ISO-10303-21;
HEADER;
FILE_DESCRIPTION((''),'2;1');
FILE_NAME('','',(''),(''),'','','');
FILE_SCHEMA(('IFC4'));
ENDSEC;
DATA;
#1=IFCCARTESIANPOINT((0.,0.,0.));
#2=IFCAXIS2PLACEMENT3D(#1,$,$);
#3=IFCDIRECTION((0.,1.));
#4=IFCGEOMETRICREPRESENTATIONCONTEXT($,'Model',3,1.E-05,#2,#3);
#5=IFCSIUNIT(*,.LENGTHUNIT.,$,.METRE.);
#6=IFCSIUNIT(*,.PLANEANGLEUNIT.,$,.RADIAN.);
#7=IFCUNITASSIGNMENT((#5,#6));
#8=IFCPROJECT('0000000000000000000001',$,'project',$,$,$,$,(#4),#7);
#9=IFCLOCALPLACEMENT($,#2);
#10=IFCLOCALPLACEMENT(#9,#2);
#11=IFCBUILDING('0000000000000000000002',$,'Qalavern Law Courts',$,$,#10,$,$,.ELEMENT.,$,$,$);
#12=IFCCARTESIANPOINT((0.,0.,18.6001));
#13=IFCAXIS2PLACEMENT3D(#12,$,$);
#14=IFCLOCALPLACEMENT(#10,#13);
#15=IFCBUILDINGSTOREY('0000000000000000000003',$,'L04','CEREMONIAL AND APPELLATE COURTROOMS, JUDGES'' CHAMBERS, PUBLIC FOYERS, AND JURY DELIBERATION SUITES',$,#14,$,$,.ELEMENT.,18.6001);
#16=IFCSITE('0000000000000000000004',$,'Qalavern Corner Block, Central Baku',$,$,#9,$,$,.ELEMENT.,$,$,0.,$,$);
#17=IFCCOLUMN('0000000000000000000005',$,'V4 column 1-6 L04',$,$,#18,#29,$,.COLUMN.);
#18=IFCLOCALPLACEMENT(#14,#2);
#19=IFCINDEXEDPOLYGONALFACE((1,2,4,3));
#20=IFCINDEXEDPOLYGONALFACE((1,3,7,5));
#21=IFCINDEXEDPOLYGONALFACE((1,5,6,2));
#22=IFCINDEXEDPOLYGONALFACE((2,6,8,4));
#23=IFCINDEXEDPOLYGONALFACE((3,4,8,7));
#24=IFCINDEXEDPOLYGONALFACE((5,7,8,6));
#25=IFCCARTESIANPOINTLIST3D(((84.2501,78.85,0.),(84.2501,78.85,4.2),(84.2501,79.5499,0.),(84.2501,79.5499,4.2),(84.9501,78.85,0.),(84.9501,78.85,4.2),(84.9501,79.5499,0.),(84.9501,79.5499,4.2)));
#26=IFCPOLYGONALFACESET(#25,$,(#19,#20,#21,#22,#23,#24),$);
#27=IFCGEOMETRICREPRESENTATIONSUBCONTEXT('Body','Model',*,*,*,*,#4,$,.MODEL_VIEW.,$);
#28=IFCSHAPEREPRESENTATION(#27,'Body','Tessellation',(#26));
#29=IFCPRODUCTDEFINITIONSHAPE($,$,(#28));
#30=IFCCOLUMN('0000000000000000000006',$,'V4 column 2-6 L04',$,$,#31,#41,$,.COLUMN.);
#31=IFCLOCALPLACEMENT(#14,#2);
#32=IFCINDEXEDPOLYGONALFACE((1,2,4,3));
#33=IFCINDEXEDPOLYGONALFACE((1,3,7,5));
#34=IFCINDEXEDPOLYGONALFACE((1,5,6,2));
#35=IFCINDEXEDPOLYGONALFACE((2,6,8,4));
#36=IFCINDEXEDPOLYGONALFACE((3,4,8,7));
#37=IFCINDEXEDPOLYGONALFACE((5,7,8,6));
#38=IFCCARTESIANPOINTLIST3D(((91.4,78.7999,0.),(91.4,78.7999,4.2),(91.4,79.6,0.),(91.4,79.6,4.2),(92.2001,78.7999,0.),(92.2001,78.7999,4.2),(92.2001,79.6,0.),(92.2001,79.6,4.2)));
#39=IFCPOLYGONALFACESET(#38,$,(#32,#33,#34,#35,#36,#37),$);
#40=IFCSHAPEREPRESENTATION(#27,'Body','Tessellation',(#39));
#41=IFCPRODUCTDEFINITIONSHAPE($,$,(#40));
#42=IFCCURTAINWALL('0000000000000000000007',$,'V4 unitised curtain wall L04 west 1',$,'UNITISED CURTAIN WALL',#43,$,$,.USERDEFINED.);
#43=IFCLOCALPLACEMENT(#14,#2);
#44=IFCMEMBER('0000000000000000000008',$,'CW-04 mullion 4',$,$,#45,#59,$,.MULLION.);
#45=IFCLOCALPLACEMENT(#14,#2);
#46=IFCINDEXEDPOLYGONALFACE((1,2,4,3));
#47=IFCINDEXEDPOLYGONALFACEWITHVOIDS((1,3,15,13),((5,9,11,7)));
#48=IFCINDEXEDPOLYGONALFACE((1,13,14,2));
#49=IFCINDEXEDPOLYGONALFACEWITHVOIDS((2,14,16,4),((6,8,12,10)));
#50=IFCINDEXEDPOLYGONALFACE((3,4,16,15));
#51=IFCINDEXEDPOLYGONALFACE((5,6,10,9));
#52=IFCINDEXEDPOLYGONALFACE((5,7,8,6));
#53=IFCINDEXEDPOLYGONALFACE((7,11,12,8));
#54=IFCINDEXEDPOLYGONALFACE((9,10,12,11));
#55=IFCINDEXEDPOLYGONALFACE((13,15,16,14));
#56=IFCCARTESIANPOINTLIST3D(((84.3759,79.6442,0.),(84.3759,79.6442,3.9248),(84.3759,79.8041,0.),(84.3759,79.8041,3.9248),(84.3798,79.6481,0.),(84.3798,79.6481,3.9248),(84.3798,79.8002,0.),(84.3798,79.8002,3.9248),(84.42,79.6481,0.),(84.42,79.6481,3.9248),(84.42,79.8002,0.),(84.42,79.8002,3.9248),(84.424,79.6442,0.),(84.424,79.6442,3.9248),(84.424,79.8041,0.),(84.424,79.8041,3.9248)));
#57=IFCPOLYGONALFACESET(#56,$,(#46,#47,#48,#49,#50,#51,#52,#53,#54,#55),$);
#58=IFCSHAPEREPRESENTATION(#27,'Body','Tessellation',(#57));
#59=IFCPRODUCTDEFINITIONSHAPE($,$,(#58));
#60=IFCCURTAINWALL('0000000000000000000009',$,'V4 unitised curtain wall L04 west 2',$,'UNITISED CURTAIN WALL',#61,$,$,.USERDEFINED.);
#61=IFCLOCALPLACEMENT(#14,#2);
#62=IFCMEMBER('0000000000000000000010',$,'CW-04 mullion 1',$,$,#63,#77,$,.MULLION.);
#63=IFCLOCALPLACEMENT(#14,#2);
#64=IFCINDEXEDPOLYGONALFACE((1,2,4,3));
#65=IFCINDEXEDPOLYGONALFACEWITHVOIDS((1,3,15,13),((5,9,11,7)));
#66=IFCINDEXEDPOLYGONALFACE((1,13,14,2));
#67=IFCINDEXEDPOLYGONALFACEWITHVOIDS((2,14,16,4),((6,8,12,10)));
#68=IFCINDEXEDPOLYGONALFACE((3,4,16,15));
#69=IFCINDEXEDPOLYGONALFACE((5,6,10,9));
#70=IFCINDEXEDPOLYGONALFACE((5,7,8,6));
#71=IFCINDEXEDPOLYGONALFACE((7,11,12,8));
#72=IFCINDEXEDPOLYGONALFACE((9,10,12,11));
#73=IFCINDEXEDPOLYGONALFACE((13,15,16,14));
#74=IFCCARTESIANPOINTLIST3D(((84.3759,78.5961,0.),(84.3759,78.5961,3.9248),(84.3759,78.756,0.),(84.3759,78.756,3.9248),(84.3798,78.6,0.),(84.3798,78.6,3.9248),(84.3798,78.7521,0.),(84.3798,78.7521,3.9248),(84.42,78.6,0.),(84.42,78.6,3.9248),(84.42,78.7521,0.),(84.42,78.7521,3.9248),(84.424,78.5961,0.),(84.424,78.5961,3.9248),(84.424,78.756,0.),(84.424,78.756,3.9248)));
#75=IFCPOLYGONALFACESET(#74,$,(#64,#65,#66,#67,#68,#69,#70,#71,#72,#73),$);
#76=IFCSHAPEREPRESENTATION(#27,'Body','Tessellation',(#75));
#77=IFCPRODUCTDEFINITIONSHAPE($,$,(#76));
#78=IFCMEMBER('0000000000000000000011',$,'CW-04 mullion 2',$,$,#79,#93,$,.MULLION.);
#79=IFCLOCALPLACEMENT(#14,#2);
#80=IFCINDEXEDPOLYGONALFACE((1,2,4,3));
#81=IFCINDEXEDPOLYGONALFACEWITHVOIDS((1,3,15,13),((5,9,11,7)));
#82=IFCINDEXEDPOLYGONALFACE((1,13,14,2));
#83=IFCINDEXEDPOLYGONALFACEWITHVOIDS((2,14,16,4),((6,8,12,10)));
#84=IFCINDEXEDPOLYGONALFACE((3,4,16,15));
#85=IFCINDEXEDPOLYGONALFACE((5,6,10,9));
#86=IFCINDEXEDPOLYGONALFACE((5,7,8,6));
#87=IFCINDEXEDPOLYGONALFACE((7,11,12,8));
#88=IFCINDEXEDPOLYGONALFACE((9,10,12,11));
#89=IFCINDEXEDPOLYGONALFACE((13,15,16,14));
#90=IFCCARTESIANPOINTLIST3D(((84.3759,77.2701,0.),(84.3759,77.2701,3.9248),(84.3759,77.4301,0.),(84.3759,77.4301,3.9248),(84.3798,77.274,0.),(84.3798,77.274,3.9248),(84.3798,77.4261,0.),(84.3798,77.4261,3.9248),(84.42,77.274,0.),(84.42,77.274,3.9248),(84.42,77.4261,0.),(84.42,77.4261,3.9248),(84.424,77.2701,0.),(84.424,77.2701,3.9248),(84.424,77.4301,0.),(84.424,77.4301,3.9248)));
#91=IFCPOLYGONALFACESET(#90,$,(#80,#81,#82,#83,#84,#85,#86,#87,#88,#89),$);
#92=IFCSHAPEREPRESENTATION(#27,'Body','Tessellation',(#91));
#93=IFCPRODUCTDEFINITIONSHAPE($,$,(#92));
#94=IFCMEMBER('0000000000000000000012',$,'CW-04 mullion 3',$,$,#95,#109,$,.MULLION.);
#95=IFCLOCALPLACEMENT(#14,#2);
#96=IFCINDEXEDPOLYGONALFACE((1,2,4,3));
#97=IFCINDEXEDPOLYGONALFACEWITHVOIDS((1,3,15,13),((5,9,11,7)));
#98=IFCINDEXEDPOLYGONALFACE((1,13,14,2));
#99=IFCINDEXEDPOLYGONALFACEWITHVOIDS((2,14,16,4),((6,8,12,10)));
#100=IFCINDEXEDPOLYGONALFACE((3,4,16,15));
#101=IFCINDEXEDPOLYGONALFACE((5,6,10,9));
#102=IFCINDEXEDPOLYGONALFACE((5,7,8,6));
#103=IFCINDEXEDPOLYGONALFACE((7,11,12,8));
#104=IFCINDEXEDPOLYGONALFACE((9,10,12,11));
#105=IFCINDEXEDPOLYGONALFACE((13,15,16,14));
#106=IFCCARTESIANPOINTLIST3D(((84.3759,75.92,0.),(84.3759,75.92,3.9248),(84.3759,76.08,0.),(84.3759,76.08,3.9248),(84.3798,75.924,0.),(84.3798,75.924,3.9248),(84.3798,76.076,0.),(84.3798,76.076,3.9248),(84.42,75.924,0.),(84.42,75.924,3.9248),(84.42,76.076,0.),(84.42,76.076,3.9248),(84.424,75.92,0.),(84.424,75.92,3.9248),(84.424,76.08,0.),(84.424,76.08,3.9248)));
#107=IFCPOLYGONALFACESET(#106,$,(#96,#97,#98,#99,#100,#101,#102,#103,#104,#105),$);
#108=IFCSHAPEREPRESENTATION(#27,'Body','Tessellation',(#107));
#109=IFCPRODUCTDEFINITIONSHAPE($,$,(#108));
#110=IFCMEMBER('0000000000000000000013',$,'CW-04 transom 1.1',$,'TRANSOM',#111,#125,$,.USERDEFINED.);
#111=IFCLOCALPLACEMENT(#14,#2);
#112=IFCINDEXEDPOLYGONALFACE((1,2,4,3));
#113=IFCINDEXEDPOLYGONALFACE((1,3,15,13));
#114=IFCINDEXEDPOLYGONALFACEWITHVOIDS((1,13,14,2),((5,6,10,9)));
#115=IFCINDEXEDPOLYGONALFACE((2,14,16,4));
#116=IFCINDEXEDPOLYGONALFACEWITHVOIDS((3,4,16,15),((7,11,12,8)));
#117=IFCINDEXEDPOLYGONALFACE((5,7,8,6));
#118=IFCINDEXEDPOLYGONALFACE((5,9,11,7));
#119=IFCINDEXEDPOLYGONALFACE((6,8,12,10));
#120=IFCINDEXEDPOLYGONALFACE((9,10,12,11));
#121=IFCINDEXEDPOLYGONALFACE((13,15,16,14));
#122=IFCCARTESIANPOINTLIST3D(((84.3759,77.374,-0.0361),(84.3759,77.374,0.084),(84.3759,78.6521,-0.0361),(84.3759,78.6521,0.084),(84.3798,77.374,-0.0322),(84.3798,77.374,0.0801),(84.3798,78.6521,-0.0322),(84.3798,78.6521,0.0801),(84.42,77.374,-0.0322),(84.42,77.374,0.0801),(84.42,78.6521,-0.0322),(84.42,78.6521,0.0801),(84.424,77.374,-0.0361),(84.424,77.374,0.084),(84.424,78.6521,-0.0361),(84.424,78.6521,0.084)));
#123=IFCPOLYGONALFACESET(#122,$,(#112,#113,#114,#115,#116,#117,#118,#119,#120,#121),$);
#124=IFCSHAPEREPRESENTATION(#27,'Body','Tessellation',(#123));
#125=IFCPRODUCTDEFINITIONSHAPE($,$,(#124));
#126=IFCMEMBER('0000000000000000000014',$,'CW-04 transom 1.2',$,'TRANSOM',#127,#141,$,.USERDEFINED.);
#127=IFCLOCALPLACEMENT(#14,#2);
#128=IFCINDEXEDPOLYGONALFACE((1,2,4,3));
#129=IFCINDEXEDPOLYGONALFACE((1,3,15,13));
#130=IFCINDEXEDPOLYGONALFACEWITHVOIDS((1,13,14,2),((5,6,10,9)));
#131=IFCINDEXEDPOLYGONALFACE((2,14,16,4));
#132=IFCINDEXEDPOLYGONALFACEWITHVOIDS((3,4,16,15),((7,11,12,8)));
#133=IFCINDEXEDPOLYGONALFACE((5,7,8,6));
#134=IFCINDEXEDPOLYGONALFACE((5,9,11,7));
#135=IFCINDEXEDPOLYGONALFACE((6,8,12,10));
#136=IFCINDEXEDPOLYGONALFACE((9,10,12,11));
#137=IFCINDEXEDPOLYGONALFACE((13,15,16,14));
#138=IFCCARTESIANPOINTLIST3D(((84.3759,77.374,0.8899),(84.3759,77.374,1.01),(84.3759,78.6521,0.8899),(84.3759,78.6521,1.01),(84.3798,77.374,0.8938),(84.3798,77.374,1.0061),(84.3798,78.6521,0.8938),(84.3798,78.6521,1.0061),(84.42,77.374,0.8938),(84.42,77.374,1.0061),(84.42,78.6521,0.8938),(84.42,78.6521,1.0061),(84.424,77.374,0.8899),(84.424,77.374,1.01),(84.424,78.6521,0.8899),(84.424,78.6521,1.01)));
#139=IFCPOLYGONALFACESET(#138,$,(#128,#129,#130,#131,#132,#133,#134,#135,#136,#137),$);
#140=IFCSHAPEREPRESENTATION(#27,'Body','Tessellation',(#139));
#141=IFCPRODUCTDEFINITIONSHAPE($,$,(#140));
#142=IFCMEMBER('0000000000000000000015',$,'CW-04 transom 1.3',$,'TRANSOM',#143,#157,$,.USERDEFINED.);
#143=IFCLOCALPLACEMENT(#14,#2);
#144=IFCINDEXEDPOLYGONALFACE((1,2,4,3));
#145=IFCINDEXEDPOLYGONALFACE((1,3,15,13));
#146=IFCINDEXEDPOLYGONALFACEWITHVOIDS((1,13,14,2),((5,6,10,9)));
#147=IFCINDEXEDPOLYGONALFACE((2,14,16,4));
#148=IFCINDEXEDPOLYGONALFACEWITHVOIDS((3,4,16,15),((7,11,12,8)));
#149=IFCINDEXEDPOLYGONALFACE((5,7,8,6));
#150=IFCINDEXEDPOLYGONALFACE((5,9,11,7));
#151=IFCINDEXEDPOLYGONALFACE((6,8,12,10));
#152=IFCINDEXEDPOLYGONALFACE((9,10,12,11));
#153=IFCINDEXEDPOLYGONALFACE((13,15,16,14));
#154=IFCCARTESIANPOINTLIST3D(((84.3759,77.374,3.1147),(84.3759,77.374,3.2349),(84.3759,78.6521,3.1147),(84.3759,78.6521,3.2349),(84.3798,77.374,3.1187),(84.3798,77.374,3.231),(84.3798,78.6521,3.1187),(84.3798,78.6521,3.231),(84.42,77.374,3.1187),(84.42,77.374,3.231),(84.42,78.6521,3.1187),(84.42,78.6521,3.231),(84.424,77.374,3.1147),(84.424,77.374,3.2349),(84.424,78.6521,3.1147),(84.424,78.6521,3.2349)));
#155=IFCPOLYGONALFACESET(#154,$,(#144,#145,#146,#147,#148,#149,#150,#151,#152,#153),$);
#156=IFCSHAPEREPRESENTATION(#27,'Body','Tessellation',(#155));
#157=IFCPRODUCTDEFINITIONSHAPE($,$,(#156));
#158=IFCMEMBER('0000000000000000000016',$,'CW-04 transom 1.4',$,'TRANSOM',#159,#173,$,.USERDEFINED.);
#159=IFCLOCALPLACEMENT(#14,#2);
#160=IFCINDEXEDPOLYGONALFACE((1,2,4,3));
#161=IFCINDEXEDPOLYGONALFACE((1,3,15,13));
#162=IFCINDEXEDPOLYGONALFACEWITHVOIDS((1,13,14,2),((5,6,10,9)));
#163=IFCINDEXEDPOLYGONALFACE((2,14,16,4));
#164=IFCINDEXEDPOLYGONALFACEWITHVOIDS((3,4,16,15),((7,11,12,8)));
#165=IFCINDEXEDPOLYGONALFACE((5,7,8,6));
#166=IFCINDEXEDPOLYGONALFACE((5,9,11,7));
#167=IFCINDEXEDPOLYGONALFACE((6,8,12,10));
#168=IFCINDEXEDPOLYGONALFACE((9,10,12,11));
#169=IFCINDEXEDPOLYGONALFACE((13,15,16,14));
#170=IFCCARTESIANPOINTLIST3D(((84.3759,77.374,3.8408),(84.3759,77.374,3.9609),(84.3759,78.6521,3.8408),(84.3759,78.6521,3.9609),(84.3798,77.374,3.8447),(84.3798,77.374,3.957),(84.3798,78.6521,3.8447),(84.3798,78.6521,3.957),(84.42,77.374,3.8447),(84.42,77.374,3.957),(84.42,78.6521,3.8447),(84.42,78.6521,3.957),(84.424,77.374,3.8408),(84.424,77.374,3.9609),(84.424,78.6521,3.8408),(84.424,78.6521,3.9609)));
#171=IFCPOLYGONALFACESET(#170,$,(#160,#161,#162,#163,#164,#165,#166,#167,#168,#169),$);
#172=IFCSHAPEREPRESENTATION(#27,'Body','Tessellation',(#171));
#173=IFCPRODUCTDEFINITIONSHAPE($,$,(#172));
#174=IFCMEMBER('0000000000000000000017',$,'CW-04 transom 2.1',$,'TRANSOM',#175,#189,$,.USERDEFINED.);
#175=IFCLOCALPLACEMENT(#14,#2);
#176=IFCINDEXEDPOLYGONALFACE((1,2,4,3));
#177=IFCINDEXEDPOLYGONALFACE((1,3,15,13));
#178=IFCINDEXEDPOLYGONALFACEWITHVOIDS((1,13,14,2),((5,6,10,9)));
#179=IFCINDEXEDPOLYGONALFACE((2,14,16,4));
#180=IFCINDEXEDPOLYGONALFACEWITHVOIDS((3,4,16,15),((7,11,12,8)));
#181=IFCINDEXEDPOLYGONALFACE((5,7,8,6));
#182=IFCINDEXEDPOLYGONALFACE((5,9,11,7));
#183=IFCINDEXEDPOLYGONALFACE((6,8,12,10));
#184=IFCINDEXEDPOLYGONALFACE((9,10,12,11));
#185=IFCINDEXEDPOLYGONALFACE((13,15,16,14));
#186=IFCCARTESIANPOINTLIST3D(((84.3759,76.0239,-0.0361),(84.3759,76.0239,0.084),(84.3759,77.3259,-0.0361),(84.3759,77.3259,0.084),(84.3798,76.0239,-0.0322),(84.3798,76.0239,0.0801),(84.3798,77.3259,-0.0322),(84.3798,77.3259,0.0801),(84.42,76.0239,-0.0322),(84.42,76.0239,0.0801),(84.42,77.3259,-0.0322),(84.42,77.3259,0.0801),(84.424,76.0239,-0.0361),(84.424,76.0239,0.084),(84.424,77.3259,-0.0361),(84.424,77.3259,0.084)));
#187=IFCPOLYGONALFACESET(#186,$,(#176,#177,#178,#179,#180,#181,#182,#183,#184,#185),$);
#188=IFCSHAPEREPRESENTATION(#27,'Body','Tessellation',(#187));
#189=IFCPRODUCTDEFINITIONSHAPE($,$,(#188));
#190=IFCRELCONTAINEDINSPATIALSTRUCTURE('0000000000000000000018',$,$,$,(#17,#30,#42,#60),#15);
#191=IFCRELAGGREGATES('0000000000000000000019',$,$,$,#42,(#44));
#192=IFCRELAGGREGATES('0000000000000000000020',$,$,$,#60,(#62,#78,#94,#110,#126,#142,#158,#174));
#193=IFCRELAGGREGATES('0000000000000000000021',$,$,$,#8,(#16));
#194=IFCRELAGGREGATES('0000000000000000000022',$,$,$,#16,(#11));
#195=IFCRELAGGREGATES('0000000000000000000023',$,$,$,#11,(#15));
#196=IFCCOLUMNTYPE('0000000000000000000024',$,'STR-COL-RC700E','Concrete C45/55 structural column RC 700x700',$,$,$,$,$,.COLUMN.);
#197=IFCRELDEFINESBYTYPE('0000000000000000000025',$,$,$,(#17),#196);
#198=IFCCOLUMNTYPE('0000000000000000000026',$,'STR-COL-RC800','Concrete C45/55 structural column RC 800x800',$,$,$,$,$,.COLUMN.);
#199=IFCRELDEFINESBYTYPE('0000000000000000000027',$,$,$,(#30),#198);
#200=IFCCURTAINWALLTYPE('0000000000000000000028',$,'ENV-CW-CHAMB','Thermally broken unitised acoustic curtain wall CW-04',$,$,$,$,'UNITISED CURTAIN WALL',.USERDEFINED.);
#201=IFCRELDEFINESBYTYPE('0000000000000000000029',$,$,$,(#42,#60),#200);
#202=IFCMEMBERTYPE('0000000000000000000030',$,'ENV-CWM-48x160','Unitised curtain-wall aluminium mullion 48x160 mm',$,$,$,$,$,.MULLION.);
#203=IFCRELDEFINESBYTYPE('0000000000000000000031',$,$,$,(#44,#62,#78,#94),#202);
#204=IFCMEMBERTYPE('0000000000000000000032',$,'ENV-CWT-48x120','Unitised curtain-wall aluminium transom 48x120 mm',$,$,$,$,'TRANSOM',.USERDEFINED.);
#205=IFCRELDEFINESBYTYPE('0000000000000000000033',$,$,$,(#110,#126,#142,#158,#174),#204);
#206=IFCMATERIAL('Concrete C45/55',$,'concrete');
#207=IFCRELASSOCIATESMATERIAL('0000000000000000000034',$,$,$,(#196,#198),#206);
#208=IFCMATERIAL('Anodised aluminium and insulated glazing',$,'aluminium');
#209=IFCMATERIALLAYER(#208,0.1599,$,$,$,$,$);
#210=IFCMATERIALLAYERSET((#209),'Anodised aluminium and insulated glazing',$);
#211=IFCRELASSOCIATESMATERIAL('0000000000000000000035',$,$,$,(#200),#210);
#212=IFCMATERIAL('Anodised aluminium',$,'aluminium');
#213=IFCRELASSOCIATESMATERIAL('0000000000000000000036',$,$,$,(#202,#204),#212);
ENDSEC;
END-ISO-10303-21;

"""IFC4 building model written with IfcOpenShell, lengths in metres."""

from ifc_helpers import new_model, si_unit, direction, frame, origin, origin_2d, place, context, subcontext, project, spatial, rectangle, hollow_rectangle, extrude, material, layer, layer_set, material_profile, profile_set, type_object, element, aggregate, save


model = new_model("IFC4")

# Units and contexts
model_context = context("Model", 3, precision=1e-05, world=origin(), true_north=direction((0.0, 1.0)))
body_context = subcontext(model_context, "Body", "Model", "MODEL_VIEW")
ifc_project = project(units=[si_unit("LENGTHUNIT", "METRE"), si_unit("PLANEANGLEUNIT", "RADIAN")], contexts=[model_context])

# Site, building, storey
site_placement = place(None, origin())
site = spatial("IfcSite", under=ifc_project, at=site_placement, Name="Qalavern Corner Block, Central Baku", CompositionType="ELEMENT", RefElevation=0.0)
building_placement = place(site_placement, origin())
building = spatial("IfcBuilding", under=site, at=building_placement, Name="Qalavern Law Courts", CompositionType="ELEMENT")
storey_placement = place(building_placement, frame((0.0, 0.0, 18.6001)))
storey = spatial("IfcBuildingStorey", under=building, at=storey_placement, Name="L04", Description="CEREMONIAL AND APPELLATE COURTROOMS, JUDGES' CHAMBERS, PUBLIC FOYERS, AND JURY DELIBERATION SUITES", CompositionType="ELEMENT", Elevation=18.6001)

# Columns
ifc_material_1 = material(Name="Concrete C45/55", Category="concrete")
ifc_material_profile_1 = material_profile(ifc_material_1, rectangle(XDim=0.7, YDim=0.7, at=origin_2d()), Name="RC 700x700")
ifc_profile_set_1 = profile_set([ifc_material_profile_1], Name="Concrete C45/55")
column_type_1 = type_object("IfcColumnType", Name="STR-COL-RC700E", Description="Concrete C45/55 structural column RC 700x700", PredefinedType="COLUMN", material=ifc_profile_set_1)
column_1_placement = place(storey_placement, frame((84.6001, 79.2, 0.0), z_axis=(0.0, 0.0, 1.0), x_axis=(1.0, 0.0, 0.0)))
element("IfcColumn", 1, at=column_1_placement, inside=storey, type_object=column_type_1, Name="V4 column 1-6 L04", PredefinedType="COLUMN", context=body_context, shape_type="SweptSolid", body=[
    extrude(rectangle(XDim=0.7, YDim=0.7, at=origin_2d()), origin(), (0.0, 0.0, 1.0), 4.2),
])
ifc_material_profile_2 = material_profile(ifc_material_1, rectangle(XDim=0.8, YDim=0.8, at=origin_2d()), Name="RC 800x800")
ifc_profile_set_2 = profile_set([ifc_material_profile_2], Name="Concrete C45/55")
column_type_2 = type_object("IfcColumnType", Name="STR-COL-RC800", Description="Concrete C45/55 structural column RC 800x800", PredefinedType="COLUMN", material=ifc_profile_set_2)
column_2_placement = place(storey_placement, frame((91.8, 79.2, 0.0), z_axis=(0.0, 0.0, 1.0), x_axis=(1.0, 0.0, 0.0)))
element("IfcColumn", 2, at=column_2_placement, inside=storey, type_object=column_type_2, Name="V4 column 2-6 L04", PredefinedType="COLUMN", context=body_context, shape_type="SweptSolid", body=[
    extrude(rectangle(XDim=0.8, YDim=0.8, at=origin_2d()), origin(), (0.0, 0.0, 1.0), 4.2),
])

# Curtain wall, member
ifc_material_2 = material(Name="Anodised aluminium and insulated glazing", Category="aluminium")
ifc_layer_1 = layer(ifc_material_2, 0.1599)
ifc_layer_set_1 = layer_set([ifc_layer_1], Name="Anodised aluminium and insulated glazing")
curtain_wall_type = type_object("IfcCurtainWallType", Name="ENV-CW-CHAMB", Description="Thermally broken unitised acoustic curtain wall CW-04", ElementType="UNITISED CURTAIN WALL", PredefinedType="USERDEFINED", material=ifc_layer_set_1)
curtain_wall_1_placement = place(storey_placement, origin())
curtain_wall_1 = element("IfcCurtainWall", 3, at=curtain_wall_1_placement, inside=storey, type_object=curtain_wall_type, Name="V4 unitised curtain wall L04 west 1", ObjectType="UNITISED CURTAIN WALL", PredefinedType="USERDEFINED")
ifc_material_3 = material(Name="Anodised aluminium", Category="aluminium")
ifc_material_profile_3 = material_profile(ifc_material_3, hollow_rectangle(XDim=0.0481, YDim=0.1599, WallThickness=0.0039, at=origin_2d()), Name="ALU MULLION 48x160")
ifc_profile_set_3 = profile_set([ifc_material_profile_3], Name="Anodised aluminium")
member_type_1 = type_object("IfcMemberType", Name="ENV-CWM-48x160", Description="Unitised curtain-wall aluminium mullion 48x160 mm", PredefinedType="MULLION", material=ifc_profile_set_3)
member_1_placement = place(storey_placement, frame((84.3999, 79.7241, 0.0), z_axis=(0.0, 0.0, 1.0), x_axis=(1.0, 0.0, 0.0)))
member_1 = element("IfcMember", 4, at=member_1_placement, type_object=member_type_1, Name="CW-04 mullion 4", PredefinedType="MULLION", context=body_context, shape_type="SweptSolid", body=[
    extrude(hollow_rectangle(XDim=0.0481, YDim=0.1599, WallThickness=0.0039, at=origin_2d()), origin(), (0.0, 0.0, 1.0), 3.9248),
])
aggregate(curtain_wall_1, [member_1])

# Curtain wall, members
curtain_wall_2_placement = place(storey_placement, origin())
curtain_wall_2 = element("IfcCurtainWall", 5, at=curtain_wall_2_placement, inside=storey, type_object=curtain_wall_type, Name="V4 unitised curtain wall L04 west 2", ObjectType="UNITISED CURTAIN WALL", PredefinedType="USERDEFINED")
member_2_placement = place(storey_placement, frame((84.3999, 78.676, 0.0), z_axis=(0.0, 0.0, 1.0), x_axis=(1.0, 0.0, 0.0)))
member_2 = element("IfcMember", 6, at=member_2_placement, type_object=member_type_1, Name="CW-04 mullion 1", PredefinedType="MULLION", context=body_context, shape_type="SweptSolid", body=[
    extrude(hollow_rectangle(XDim=0.0481, YDim=0.1599, WallThickness=0.0039, at=origin_2d()), origin(), (0.0, 0.0, 1.0), 3.9248),
])
member_3_placement = place(storey_placement, frame((84.3999, 77.3501, 0.0), z_axis=(0.0, 0.0, 1.0), x_axis=(1.0, 0.0, 0.0)))
member_3 = element("IfcMember", 7, at=member_3_placement, type_object=member_type_1, Name="CW-04 mullion 2", PredefinedType="MULLION", context=body_context, shape_type="SweptSolid", body=[
    extrude(hollow_rectangle(XDim=0.0481, YDim=0.1599, WallThickness=0.0039, at=origin_2d()), origin(), (0.0, 0.0, 1.0), 3.9248),
])
member_4_placement = place(storey_placement, frame((84.3999, 76.0, 0.0), z_axis=(0.0, 0.0, 1.0), x_axis=(1.0, 0.0, 0.0)))
member_4 = element("IfcMember", 8, at=member_4_placement, type_object=member_type_1, Name="CW-04 mullion 3", PredefinedType="MULLION", context=body_context, shape_type="SweptSolid", body=[
    extrude(hollow_rectangle(XDim=0.0481, YDim=0.1599, WallThickness=0.0039, at=origin_2d()), origin(), (0.0, 0.0, 1.0), 3.9248),
])
ifc_material_profile_4 = material_profile(ifc_material_3, hollow_rectangle(XDim=0.0481, YDim=0.1201, WallThickness=0.0039, at=origin_2d()), Name="ALU TRANSOM 48x120")
ifc_profile_set_4 = profile_set([ifc_material_profile_4], Name="Anodised aluminium")
member_type_2 = type_object("IfcMemberType", Name="ENV-CWT-48x120", Description="Unitised curtain-wall aluminium transom 48x120 mm", ElementType="TRANSOM", PredefinedType="USERDEFINED", material=ifc_profile_set_4)
member_5_placement = place(storey_placement, frame((84.3999, 78.6521, 0.0239), z_axis=(0.0, -1.0, 0.0), x_axis=(1.0, 0.0, 0.0)))
member_5 = element("IfcMember", 9, at=member_5_placement, type_object=member_type_2, Name="CW-04 transom 1.1", ObjectType="TRANSOM", PredefinedType="USERDEFINED", context=body_context, shape_type="SweptSolid", body=[
    extrude(hollow_rectangle(XDim=0.0481, YDim=0.1201, WallThickness=0.0039, at=origin_2d()), origin(), (0.0, 0.0, 1.0), 1.2781),
])
member_6_placement = place(storey_placement, frame((84.3999, 78.6521, 0.95), z_axis=(0.0, -1.0, 0.0), x_axis=(1.0, 0.0, 0.0)))
member_6 = element("IfcMember", 10, at=member_6_placement, type_object=member_type_2, Name="CW-04 transom 1.2", ObjectType="TRANSOM", PredefinedType="USERDEFINED", context=body_context, shape_type="SweptSolid", body=[
    extrude(hollow_rectangle(XDim=0.0481, YDim=0.1201, WallThickness=0.0039, at=origin_2d()), origin(), (0.0, 0.0, 1.0), 1.2781),
])
member_7_placement = place(storey_placement, frame((84.3999, 78.6521, 3.1748), z_axis=(0.0, -1.0, 0.0), x_axis=(1.0, 0.0, 0.0)))
member_7 = element("IfcMember", 11, at=member_7_placement, type_object=member_type_2, Name="CW-04 transom 1.3", ObjectType="TRANSOM", PredefinedType="USERDEFINED", context=body_context, shape_type="SweptSolid", body=[
    extrude(hollow_rectangle(XDim=0.0481, YDim=0.1201, WallThickness=0.0039, at=origin_2d()), origin(), (0.0, 0.0, 1.0), 1.2781),
])
member_8_placement = place(storey_placement, frame((84.3999, 78.6521, 3.9009), z_axis=(0.0, -1.0, 0.0), x_axis=(1.0, 0.0, 0.0)))
member_8 = element("IfcMember", 12, at=member_8_placement, type_object=member_type_2, Name="CW-04 transom 1.4", ObjectType="TRANSOM", PredefinedType="USERDEFINED", context=body_context, shape_type="SweptSolid", body=[
    extrude(hollow_rectangle(XDim=0.0481, YDim=0.1201, WallThickness=0.0039, at=origin_2d()), origin(), (0.0, 0.0, 1.0), 1.2781),
])
member_9_placement = place(storey_placement, frame((84.3999, 77.3259, 0.0239), z_axis=(0.0, -1.0, 0.0), x_axis=(1.0, 0.0, 0.0)))
member_9 = element("IfcMember", 13, at=member_9_placement, type_object=member_type_2, Name="CW-04 transom 2.1", ObjectType="TRANSOM", PredefinedType="USERDEFINED", context=body_context, shape_type="SweptSolid", body=[
    extrude(hollow_rectangle(XDim=0.0481, YDim=0.1201, WallThickness=0.0039, at=origin_2d()), origin(), (0.0, 0.0, 1.0), 1.302),
])

aggregate(curtain_wall_2, [member_2, member_3, member_4, member_5, member_6, member_7, member_8, member_9])

save(model, "model.ifc")
